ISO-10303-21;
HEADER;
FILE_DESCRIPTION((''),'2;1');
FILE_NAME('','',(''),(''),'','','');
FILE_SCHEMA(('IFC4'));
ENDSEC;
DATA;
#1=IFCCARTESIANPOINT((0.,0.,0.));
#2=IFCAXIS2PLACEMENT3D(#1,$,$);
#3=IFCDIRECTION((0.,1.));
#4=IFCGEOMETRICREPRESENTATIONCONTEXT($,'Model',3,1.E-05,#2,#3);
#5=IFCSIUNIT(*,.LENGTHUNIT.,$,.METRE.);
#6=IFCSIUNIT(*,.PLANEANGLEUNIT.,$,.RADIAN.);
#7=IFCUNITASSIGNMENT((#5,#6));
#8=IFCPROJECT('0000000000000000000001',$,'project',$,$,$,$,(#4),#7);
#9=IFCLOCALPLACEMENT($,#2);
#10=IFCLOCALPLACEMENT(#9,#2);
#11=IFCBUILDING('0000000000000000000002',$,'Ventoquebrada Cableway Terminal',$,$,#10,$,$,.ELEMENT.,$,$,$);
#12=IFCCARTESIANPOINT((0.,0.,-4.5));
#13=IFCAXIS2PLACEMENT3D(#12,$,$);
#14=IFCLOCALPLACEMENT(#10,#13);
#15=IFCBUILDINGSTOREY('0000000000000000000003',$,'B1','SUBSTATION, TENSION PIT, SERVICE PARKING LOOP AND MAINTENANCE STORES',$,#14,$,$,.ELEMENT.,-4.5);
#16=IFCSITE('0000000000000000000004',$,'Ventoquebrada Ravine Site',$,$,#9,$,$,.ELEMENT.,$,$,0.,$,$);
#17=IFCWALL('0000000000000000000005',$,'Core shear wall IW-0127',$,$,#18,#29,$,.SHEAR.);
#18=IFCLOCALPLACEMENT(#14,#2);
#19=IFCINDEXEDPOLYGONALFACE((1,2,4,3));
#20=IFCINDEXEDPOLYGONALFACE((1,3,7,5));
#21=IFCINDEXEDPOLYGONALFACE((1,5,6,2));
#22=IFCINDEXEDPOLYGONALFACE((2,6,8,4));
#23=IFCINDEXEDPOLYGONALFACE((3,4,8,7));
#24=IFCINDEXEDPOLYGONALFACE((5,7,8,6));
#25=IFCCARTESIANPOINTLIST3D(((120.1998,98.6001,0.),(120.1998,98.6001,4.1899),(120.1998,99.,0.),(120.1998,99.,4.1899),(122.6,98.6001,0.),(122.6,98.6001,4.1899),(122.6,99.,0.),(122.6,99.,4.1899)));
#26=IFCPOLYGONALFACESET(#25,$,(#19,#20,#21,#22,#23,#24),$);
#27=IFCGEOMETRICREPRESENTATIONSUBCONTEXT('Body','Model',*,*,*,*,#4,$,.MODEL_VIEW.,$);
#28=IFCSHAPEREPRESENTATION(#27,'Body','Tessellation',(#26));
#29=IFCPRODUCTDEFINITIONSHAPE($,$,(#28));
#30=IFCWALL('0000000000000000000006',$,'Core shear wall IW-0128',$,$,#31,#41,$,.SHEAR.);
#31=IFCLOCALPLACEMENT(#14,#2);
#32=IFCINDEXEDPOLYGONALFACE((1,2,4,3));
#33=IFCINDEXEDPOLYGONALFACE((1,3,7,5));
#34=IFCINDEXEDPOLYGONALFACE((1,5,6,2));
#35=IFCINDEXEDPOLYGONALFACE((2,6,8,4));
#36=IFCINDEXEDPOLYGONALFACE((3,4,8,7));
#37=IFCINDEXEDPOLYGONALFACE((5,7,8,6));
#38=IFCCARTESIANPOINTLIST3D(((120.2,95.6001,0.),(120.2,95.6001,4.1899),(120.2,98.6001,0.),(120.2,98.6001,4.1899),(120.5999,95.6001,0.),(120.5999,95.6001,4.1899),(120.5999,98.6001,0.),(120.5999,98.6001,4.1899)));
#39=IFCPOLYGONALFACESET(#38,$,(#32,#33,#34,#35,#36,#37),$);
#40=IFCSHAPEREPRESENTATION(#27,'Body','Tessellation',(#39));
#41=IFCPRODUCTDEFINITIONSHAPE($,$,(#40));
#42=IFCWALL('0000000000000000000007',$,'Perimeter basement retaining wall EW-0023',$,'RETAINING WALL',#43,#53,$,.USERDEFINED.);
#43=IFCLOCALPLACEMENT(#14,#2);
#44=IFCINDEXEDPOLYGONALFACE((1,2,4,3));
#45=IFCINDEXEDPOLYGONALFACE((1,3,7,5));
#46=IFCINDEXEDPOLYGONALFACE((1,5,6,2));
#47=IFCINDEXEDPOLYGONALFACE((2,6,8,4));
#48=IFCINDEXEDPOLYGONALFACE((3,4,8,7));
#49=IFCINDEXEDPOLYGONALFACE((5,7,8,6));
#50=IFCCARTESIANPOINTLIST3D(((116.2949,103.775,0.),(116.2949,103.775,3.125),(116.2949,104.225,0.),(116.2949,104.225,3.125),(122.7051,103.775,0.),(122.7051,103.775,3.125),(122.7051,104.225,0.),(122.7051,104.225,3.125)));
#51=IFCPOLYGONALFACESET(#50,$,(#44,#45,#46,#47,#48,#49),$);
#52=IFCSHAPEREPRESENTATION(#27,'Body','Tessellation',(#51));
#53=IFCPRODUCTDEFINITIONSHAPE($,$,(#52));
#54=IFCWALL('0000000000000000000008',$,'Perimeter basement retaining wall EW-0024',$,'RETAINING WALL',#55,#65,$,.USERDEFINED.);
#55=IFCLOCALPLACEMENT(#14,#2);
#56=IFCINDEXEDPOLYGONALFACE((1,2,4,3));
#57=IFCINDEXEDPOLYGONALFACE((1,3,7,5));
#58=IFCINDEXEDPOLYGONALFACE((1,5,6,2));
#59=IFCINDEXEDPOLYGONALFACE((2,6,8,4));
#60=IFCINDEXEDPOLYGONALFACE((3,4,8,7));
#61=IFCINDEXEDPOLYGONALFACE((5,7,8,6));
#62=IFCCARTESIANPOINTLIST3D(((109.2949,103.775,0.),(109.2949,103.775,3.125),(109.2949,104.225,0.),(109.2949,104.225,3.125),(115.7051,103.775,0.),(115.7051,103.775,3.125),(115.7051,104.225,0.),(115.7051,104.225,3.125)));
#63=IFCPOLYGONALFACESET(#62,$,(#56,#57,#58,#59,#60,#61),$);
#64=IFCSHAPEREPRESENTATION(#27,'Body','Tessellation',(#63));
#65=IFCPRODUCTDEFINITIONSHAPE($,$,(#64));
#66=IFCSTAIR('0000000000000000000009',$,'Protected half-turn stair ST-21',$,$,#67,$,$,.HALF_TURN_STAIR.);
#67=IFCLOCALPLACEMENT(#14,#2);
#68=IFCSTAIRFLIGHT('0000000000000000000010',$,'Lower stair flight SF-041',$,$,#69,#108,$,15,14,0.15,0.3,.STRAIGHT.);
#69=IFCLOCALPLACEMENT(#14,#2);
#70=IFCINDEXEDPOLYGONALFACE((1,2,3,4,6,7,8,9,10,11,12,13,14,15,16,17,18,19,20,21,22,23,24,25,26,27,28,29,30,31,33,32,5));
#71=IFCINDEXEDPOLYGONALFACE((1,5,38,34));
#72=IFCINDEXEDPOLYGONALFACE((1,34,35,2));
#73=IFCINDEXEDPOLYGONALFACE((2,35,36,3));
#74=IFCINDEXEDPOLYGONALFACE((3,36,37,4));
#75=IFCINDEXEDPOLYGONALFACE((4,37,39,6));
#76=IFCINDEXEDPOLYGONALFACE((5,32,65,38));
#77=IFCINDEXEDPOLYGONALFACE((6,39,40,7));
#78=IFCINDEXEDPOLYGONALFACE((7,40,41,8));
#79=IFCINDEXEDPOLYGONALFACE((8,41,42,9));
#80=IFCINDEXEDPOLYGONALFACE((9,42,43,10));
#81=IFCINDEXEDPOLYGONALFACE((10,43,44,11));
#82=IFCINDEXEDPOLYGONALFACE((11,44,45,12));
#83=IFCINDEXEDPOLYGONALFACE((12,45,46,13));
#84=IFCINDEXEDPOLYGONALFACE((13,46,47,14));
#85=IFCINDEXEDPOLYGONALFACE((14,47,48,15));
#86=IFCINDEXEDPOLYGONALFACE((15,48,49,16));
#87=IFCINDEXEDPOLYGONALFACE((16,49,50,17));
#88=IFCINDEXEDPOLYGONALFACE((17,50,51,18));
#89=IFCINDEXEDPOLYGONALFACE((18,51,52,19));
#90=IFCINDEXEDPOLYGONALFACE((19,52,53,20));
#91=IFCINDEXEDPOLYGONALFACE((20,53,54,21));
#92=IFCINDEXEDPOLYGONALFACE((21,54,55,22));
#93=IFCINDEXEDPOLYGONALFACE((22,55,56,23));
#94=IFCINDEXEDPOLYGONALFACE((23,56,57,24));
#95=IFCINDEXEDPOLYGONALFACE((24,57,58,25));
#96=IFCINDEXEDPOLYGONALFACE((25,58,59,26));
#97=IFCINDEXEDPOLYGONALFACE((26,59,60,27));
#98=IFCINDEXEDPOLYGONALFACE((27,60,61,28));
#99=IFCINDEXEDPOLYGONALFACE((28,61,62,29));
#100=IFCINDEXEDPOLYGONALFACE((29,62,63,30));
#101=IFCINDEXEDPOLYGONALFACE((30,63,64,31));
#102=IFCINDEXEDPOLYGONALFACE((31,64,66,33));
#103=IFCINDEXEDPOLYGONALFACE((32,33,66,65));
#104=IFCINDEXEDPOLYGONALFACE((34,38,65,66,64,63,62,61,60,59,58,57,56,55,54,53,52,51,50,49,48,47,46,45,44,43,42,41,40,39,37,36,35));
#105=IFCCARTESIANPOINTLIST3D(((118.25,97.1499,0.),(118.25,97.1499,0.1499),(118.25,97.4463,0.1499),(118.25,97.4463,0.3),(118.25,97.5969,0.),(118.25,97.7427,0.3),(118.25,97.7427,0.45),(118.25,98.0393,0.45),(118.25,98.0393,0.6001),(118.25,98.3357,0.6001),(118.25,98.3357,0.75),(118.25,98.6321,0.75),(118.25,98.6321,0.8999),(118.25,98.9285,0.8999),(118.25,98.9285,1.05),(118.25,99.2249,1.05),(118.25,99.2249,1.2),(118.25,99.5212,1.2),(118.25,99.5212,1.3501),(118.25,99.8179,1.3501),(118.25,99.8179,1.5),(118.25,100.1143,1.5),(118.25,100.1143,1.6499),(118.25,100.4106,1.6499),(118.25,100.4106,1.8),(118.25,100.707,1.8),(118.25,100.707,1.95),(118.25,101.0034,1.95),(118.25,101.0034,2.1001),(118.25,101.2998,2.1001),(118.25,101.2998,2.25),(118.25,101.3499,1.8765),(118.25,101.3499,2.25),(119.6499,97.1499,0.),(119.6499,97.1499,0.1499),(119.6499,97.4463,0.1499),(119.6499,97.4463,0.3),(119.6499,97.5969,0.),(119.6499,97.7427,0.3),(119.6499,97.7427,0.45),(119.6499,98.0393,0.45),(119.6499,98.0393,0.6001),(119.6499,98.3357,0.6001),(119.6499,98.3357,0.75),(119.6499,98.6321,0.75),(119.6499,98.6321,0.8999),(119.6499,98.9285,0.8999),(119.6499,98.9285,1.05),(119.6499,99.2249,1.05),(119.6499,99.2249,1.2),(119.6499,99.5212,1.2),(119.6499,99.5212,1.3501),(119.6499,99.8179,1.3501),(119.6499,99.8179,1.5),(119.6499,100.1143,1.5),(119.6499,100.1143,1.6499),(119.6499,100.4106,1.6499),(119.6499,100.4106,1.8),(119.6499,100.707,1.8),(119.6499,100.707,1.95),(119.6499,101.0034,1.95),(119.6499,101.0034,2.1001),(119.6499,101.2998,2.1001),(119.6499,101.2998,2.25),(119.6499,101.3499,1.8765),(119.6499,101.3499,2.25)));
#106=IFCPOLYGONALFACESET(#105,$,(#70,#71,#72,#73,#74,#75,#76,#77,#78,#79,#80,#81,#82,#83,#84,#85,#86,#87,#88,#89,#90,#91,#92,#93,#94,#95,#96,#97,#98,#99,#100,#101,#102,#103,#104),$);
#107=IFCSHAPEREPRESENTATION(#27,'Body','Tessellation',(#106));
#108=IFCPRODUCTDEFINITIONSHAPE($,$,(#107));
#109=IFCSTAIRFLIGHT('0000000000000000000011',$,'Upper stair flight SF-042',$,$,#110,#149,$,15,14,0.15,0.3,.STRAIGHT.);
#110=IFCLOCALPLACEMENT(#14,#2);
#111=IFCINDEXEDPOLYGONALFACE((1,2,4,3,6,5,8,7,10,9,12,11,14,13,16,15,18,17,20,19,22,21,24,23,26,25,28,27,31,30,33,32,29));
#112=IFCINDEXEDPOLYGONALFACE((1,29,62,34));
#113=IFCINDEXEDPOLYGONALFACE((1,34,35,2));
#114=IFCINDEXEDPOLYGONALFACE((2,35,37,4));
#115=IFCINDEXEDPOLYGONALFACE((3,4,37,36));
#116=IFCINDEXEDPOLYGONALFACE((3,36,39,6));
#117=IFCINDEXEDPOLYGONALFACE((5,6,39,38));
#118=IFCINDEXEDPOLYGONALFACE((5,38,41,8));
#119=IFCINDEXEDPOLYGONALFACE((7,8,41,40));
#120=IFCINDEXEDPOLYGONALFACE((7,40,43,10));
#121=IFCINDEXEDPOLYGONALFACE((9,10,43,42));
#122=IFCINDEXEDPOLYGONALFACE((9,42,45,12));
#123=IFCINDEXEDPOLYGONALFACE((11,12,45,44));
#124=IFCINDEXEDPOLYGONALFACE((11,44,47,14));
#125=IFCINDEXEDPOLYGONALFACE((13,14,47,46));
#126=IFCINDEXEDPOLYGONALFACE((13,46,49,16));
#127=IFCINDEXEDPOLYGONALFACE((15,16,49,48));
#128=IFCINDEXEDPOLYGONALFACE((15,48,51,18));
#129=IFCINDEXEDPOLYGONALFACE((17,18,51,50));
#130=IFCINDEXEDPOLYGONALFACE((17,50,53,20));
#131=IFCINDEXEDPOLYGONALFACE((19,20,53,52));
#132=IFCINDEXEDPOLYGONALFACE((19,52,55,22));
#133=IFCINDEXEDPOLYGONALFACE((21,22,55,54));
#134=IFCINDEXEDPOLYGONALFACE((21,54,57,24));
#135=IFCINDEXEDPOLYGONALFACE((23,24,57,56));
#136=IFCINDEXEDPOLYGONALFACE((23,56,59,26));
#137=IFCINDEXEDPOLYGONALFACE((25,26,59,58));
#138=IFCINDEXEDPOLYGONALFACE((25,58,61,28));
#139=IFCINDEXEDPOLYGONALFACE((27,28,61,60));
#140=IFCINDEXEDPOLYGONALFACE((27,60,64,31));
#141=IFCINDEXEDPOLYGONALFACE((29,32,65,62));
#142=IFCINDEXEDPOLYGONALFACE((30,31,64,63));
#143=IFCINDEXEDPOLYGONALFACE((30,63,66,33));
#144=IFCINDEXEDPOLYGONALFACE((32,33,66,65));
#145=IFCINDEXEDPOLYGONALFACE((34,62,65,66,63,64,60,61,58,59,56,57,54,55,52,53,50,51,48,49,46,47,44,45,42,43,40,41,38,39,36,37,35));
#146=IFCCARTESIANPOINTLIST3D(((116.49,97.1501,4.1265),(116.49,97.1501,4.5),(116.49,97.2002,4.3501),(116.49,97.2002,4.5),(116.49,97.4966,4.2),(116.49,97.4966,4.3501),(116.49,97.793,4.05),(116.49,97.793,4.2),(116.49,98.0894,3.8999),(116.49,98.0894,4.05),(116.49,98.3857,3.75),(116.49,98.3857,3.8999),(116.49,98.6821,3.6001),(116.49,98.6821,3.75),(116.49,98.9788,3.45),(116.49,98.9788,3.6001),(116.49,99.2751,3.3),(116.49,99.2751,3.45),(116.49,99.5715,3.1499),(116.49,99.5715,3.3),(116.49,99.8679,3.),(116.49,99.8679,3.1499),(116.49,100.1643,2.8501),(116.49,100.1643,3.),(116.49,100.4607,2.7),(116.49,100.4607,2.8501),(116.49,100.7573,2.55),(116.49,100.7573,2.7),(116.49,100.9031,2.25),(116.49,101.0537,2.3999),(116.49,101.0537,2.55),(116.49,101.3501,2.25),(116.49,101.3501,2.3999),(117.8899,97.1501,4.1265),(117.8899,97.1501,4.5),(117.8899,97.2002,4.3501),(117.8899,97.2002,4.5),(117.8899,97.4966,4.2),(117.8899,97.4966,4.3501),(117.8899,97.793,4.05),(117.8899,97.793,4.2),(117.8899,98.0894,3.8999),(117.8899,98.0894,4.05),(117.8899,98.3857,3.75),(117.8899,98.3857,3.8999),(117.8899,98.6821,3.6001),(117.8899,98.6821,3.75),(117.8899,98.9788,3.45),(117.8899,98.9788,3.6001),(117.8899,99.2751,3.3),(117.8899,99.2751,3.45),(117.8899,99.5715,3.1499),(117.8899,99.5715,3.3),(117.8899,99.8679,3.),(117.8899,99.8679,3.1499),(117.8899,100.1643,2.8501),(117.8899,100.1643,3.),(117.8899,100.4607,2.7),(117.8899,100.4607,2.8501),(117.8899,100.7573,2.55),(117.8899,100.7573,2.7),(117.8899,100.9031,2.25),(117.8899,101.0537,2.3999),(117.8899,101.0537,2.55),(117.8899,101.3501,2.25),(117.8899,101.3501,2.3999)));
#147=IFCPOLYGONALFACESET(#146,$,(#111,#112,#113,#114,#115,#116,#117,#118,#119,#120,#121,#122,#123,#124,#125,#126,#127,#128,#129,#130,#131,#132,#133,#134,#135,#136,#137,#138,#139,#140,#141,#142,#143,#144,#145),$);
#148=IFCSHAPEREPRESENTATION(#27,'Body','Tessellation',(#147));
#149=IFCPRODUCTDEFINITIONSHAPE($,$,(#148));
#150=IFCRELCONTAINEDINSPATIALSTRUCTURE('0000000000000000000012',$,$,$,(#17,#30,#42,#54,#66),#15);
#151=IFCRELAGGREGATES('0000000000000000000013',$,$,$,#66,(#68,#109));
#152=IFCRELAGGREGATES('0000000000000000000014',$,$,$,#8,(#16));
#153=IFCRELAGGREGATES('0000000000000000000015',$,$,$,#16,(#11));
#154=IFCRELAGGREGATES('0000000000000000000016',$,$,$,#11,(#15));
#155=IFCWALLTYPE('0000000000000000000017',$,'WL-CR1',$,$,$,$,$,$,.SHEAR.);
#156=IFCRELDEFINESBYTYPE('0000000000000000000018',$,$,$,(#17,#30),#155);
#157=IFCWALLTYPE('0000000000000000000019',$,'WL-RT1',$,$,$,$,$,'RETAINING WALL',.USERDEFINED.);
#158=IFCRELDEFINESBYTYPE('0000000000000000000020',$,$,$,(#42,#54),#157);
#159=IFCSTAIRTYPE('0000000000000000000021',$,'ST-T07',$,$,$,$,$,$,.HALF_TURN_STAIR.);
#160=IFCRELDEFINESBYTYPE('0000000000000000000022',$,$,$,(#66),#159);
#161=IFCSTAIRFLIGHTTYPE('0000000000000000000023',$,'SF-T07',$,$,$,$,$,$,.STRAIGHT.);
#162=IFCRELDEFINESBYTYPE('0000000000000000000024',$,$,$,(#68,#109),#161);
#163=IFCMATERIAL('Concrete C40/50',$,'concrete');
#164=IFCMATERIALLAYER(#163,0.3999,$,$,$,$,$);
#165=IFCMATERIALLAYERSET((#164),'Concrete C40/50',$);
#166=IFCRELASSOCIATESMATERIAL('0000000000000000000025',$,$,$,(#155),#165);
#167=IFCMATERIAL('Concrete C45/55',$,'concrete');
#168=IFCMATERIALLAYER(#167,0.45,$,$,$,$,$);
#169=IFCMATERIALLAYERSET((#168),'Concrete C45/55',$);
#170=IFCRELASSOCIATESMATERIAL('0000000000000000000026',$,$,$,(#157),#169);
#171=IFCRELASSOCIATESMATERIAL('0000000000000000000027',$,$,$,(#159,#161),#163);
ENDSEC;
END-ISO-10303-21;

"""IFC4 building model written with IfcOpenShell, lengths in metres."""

from ifc_helpers import new_model, si_unit, direction, frame, frame_2d, origin, place, context, subcontext, project, spatial, polyline, rectangle, outline, extrude, material, layer, layer_set, type_object, element, aggregate, save


model = new_model("IFC4")

# Units and contexts
model_context = context("Model", 3, precision=1e-05, world=origin(), true_north=direction((0.0, 1.0)))
body_context = subcontext(model_context, "Body", "Model", "MODEL_VIEW")
ifc_project = project(units=[si_unit("LENGTHUNIT", "METRE"), si_unit("PLANEANGLEUNIT", "RADIAN")], contexts=[model_context])

# Site, building, storey
site_placement = place(None, origin())
site = spatial("IfcSite", under=ifc_project, at=site_placement, Name="Ventoquebrada Ravine Site", CompositionType="ELEMENT", RefElevation=0.0)
building_placement = place(site_placement, origin())
building = spatial("IfcBuilding", under=site, at=building_placement, Name="Ventoquebrada Cableway Terminal", CompositionType="ELEMENT")
storey_placement = place(building_placement, frame((0.0, 0.0, -4.5)))
storey = spatial("IfcBuildingStorey", under=building, at=storey_placement, Name="B1", Description="SUBSTATION, TENSION PIT, SERVICE PARKING LOOP AND MAINTENANCE STORES", CompositionType="ELEMENT", Elevation=-4.5)

# Shared definitions
ifc_material_1 = material(Name="Concrete C40/50", Category="concrete")

# Walls
ifc_layer_1 = layer(ifc_material_1, 0.3999)
ifc_layer_set_1 = layer_set([ifc_layer_1], Name="Concrete C40/50")
wall_type_1 = type_object("IfcWallType", Name="WL-CR1", PredefinedType="SHEAR", material=ifc_layer_set_1)
wall_1_placement = place(storey_placement, frame((122.6001, 98.8, 0.0), z_axis=(0.0, 0.0, 1.0), x_axis=(-1.0, 0.0, 0.0)))
element("IfcWall", 1, at=wall_1_placement, inside=storey, type_object=wall_type_1, Name="Core shear wall IW-0127", PredefinedType="SHEAR", context=body_context, shape_type="SweptSolid", body=[
    extrude(rectangle(XDim=2.4001, YDim=0.3999, at=frame_2d((1.2002, 0.0))), origin(), (0.0, 0.0, 1.0), 4.1899),
])
wall_2_placement = place(storey_placement, frame((120.3999, 98.6001, 0.0), z_axis=(0.0, 0.0, 1.0), x_axis=(0.0, -1.0, 0.0)))
element("IfcWall", 2, at=wall_2_placement, inside=storey, type_object=wall_type_1, Name="Core shear wall IW-0128", PredefinedType="SHEAR", context=body_context, shape_type="SweptSolid", body=[
    extrude(rectangle(XDim=3.0, YDim=0.3999, at=frame_2d((1.5, 0.0))), origin(), (0.0, 0.0, 1.0), 4.1899),
])
ifc_material_2 = material(Name="Concrete C45/55", Category="concrete")
ifc_layer_2 = layer(ifc_material_2, 0.45)
ifc_layer_set_2 = layer_set([ifc_layer_2], Name="Concrete C45/55")
wall_type_2 = type_object("IfcWallType", Name="WL-RT1", ElementType="RETAINING WALL", PredefinedType="USERDEFINED", material=ifc_layer_set_2)
for number, where, z_axis, x_axis, name in (
    (3, (122.7051, 104.0, 0.0), (0.0, 0.0, 1.0), (-1.0, 0.0, 0.0), "Perimeter basement retaining wall EW-0023"),
    (4, (115.7051, 104.0, 0.0), (0.0, 0.0, 1.0), (-1.0, 0.0, 0.0), "Perimeter basement retaining wall EW-0024"),
):
    element("IfcWall", number, at=place(storey_placement, frame(where, z_axis=z_axis, x_axis=x_axis)), inside=storey, type_object=wall_type_2, Name=name, ObjectType="RETAINING WALL", PredefinedType="USERDEFINED", context=body_context, shape_type="SweptSolid", body=[
        extrude(rectangle(XDim=6.4102, YDim=0.45, at=frame_2d((3.2051, 0.0))), origin(), (0.0, 0.0, 1.0), 3.125),
    ])

# Stair, stair flights
stair_type = type_object("IfcStairType", Name="ST-T07", PredefinedType="HALF_TURN_STAIR", material=ifc_material_1)
stair_placement = place(storey_placement, origin())
stair = element("IfcStair", 5, at=stair_placement, inside=storey, type_object=stair_type, Name="Protected half-turn stair ST-21", PredefinedType="HALF_TURN_STAIR")
stair_flight_type = type_object("IfcStairFlightType", Name="SF-T07", PredefinedType="STRAIGHT", material=ifc_material_1)
stair_flight_1_placement = place(storey_placement, frame((118.95, 97.1499, 0.0), z_axis=(0.0, 0.0, 1.0), x_axis=(0.0, 1.0, 0.0)))
stair_flight_1 = element("IfcStairFlight", 6, at=stair_flight_1_placement, type_object=stair_flight_type, Name="Lower stair flight SF-041", NumberOfRisers=15, NumberOfTreads=14, PredefinedType="STRAIGHT", RiserHeight=0.15, TreadLength=0.3, context=body_context, shape_type="SweptSolid", body=[
    extrude(outline(polyline([(0.0, 0.0), (0.0, 0.1499), (0.2964, 0.1499), (0.2964, 0.3), (0.5928, 0.3), (0.5928, 0.45), (0.8894, 0.45), (0.8894, 0.6001), (1.1858, 0.6001), (1.1858, 0.75), (1.4822, 0.75), (1.4822, 0.8999), (1.7786, 0.8999), (1.7786, 1.05), (2.075, 1.05), (2.075, 1.2), (2.3713, 1.2), (2.3713, 1.3501), (2.668, 1.3501), (2.668, 1.5), (2.9644, 1.5), (2.9644, 1.6499), (3.2607, 1.6499), (3.2607, 1.8), (3.5571, 1.8), (3.5571, 1.95), (3.8535, 1.95), (3.8535, 2.1001), (4.1499, 2.1001), (4.1499, 2.25), (4.2, 2.25), (4.2, 1.8765), (0.447, 0.0), (0.0, 0.0)])), frame((0.0, 0.7, 0.0), z_axis=(0.0, -1.0, 0.0), x_axis=(1.0, 0.0, 0.0)), (0.0, 0.0, 1.0), 1.3999),
])
stair_flight_2_placement = place(storey_placement, frame((117.1899, 101.3501, 2.25), z_axis=(0.0, 0.0, 1.0), x_axis=(0.0, -1.0, 0.0)))
stair_flight_2 = element("IfcStairFlight", 7, at=stair_flight_2_placement, type_object=stair_flight_type, Name="Upper stair flight SF-042", NumberOfRisers=15, NumberOfTreads=14, PredefinedType="STRAIGHT", RiserHeight=0.15, TreadLength=0.3, context=body_context, shape_type="SweptSolid", body=[
    extrude(outline(polyline([(0.0, 0.0), (0.0, 0.1499), (0.2964, 0.1499), (0.2964, 0.3), (0.5928, 0.3), (0.5928, 0.45), (0.8894, 0.45), (0.8894, 0.6001), (1.1858, 0.6001), (1.1858, 0.75), (1.4822, 0.75), (1.4822, 0.8999), (1.7786, 0.8999), (1.7786, 1.05), (2.075, 1.05), (2.075, 1.2), (2.3713, 1.2), (2.3713, 1.3501), (2.668, 1.3501), (2.668, 1.5), (2.9644, 1.5), (2.9644, 1.6499), (3.2607, 1.6499), (3.2607, 1.8), (3.5571, 1.8), (3.5571, 1.95), (3.8535, 1.95), (3.8535, 2.1001), (4.1499, 2.1001), (4.1499, 2.25), (4.2, 2.25), (4.2, 1.8765), (0.447, 0.0), (0.0, 0.0)])), frame((0.0, 0.7, 0.0), z_axis=(0.0, -1.0, 0.0), x_axis=(1.0, 0.0, 0.0)), (0.0, 0.0, 1.0), 1.3999),
])
aggregate(stair, [stair_flight_1, stair_flight_2])

save(model, "model.ifc")
